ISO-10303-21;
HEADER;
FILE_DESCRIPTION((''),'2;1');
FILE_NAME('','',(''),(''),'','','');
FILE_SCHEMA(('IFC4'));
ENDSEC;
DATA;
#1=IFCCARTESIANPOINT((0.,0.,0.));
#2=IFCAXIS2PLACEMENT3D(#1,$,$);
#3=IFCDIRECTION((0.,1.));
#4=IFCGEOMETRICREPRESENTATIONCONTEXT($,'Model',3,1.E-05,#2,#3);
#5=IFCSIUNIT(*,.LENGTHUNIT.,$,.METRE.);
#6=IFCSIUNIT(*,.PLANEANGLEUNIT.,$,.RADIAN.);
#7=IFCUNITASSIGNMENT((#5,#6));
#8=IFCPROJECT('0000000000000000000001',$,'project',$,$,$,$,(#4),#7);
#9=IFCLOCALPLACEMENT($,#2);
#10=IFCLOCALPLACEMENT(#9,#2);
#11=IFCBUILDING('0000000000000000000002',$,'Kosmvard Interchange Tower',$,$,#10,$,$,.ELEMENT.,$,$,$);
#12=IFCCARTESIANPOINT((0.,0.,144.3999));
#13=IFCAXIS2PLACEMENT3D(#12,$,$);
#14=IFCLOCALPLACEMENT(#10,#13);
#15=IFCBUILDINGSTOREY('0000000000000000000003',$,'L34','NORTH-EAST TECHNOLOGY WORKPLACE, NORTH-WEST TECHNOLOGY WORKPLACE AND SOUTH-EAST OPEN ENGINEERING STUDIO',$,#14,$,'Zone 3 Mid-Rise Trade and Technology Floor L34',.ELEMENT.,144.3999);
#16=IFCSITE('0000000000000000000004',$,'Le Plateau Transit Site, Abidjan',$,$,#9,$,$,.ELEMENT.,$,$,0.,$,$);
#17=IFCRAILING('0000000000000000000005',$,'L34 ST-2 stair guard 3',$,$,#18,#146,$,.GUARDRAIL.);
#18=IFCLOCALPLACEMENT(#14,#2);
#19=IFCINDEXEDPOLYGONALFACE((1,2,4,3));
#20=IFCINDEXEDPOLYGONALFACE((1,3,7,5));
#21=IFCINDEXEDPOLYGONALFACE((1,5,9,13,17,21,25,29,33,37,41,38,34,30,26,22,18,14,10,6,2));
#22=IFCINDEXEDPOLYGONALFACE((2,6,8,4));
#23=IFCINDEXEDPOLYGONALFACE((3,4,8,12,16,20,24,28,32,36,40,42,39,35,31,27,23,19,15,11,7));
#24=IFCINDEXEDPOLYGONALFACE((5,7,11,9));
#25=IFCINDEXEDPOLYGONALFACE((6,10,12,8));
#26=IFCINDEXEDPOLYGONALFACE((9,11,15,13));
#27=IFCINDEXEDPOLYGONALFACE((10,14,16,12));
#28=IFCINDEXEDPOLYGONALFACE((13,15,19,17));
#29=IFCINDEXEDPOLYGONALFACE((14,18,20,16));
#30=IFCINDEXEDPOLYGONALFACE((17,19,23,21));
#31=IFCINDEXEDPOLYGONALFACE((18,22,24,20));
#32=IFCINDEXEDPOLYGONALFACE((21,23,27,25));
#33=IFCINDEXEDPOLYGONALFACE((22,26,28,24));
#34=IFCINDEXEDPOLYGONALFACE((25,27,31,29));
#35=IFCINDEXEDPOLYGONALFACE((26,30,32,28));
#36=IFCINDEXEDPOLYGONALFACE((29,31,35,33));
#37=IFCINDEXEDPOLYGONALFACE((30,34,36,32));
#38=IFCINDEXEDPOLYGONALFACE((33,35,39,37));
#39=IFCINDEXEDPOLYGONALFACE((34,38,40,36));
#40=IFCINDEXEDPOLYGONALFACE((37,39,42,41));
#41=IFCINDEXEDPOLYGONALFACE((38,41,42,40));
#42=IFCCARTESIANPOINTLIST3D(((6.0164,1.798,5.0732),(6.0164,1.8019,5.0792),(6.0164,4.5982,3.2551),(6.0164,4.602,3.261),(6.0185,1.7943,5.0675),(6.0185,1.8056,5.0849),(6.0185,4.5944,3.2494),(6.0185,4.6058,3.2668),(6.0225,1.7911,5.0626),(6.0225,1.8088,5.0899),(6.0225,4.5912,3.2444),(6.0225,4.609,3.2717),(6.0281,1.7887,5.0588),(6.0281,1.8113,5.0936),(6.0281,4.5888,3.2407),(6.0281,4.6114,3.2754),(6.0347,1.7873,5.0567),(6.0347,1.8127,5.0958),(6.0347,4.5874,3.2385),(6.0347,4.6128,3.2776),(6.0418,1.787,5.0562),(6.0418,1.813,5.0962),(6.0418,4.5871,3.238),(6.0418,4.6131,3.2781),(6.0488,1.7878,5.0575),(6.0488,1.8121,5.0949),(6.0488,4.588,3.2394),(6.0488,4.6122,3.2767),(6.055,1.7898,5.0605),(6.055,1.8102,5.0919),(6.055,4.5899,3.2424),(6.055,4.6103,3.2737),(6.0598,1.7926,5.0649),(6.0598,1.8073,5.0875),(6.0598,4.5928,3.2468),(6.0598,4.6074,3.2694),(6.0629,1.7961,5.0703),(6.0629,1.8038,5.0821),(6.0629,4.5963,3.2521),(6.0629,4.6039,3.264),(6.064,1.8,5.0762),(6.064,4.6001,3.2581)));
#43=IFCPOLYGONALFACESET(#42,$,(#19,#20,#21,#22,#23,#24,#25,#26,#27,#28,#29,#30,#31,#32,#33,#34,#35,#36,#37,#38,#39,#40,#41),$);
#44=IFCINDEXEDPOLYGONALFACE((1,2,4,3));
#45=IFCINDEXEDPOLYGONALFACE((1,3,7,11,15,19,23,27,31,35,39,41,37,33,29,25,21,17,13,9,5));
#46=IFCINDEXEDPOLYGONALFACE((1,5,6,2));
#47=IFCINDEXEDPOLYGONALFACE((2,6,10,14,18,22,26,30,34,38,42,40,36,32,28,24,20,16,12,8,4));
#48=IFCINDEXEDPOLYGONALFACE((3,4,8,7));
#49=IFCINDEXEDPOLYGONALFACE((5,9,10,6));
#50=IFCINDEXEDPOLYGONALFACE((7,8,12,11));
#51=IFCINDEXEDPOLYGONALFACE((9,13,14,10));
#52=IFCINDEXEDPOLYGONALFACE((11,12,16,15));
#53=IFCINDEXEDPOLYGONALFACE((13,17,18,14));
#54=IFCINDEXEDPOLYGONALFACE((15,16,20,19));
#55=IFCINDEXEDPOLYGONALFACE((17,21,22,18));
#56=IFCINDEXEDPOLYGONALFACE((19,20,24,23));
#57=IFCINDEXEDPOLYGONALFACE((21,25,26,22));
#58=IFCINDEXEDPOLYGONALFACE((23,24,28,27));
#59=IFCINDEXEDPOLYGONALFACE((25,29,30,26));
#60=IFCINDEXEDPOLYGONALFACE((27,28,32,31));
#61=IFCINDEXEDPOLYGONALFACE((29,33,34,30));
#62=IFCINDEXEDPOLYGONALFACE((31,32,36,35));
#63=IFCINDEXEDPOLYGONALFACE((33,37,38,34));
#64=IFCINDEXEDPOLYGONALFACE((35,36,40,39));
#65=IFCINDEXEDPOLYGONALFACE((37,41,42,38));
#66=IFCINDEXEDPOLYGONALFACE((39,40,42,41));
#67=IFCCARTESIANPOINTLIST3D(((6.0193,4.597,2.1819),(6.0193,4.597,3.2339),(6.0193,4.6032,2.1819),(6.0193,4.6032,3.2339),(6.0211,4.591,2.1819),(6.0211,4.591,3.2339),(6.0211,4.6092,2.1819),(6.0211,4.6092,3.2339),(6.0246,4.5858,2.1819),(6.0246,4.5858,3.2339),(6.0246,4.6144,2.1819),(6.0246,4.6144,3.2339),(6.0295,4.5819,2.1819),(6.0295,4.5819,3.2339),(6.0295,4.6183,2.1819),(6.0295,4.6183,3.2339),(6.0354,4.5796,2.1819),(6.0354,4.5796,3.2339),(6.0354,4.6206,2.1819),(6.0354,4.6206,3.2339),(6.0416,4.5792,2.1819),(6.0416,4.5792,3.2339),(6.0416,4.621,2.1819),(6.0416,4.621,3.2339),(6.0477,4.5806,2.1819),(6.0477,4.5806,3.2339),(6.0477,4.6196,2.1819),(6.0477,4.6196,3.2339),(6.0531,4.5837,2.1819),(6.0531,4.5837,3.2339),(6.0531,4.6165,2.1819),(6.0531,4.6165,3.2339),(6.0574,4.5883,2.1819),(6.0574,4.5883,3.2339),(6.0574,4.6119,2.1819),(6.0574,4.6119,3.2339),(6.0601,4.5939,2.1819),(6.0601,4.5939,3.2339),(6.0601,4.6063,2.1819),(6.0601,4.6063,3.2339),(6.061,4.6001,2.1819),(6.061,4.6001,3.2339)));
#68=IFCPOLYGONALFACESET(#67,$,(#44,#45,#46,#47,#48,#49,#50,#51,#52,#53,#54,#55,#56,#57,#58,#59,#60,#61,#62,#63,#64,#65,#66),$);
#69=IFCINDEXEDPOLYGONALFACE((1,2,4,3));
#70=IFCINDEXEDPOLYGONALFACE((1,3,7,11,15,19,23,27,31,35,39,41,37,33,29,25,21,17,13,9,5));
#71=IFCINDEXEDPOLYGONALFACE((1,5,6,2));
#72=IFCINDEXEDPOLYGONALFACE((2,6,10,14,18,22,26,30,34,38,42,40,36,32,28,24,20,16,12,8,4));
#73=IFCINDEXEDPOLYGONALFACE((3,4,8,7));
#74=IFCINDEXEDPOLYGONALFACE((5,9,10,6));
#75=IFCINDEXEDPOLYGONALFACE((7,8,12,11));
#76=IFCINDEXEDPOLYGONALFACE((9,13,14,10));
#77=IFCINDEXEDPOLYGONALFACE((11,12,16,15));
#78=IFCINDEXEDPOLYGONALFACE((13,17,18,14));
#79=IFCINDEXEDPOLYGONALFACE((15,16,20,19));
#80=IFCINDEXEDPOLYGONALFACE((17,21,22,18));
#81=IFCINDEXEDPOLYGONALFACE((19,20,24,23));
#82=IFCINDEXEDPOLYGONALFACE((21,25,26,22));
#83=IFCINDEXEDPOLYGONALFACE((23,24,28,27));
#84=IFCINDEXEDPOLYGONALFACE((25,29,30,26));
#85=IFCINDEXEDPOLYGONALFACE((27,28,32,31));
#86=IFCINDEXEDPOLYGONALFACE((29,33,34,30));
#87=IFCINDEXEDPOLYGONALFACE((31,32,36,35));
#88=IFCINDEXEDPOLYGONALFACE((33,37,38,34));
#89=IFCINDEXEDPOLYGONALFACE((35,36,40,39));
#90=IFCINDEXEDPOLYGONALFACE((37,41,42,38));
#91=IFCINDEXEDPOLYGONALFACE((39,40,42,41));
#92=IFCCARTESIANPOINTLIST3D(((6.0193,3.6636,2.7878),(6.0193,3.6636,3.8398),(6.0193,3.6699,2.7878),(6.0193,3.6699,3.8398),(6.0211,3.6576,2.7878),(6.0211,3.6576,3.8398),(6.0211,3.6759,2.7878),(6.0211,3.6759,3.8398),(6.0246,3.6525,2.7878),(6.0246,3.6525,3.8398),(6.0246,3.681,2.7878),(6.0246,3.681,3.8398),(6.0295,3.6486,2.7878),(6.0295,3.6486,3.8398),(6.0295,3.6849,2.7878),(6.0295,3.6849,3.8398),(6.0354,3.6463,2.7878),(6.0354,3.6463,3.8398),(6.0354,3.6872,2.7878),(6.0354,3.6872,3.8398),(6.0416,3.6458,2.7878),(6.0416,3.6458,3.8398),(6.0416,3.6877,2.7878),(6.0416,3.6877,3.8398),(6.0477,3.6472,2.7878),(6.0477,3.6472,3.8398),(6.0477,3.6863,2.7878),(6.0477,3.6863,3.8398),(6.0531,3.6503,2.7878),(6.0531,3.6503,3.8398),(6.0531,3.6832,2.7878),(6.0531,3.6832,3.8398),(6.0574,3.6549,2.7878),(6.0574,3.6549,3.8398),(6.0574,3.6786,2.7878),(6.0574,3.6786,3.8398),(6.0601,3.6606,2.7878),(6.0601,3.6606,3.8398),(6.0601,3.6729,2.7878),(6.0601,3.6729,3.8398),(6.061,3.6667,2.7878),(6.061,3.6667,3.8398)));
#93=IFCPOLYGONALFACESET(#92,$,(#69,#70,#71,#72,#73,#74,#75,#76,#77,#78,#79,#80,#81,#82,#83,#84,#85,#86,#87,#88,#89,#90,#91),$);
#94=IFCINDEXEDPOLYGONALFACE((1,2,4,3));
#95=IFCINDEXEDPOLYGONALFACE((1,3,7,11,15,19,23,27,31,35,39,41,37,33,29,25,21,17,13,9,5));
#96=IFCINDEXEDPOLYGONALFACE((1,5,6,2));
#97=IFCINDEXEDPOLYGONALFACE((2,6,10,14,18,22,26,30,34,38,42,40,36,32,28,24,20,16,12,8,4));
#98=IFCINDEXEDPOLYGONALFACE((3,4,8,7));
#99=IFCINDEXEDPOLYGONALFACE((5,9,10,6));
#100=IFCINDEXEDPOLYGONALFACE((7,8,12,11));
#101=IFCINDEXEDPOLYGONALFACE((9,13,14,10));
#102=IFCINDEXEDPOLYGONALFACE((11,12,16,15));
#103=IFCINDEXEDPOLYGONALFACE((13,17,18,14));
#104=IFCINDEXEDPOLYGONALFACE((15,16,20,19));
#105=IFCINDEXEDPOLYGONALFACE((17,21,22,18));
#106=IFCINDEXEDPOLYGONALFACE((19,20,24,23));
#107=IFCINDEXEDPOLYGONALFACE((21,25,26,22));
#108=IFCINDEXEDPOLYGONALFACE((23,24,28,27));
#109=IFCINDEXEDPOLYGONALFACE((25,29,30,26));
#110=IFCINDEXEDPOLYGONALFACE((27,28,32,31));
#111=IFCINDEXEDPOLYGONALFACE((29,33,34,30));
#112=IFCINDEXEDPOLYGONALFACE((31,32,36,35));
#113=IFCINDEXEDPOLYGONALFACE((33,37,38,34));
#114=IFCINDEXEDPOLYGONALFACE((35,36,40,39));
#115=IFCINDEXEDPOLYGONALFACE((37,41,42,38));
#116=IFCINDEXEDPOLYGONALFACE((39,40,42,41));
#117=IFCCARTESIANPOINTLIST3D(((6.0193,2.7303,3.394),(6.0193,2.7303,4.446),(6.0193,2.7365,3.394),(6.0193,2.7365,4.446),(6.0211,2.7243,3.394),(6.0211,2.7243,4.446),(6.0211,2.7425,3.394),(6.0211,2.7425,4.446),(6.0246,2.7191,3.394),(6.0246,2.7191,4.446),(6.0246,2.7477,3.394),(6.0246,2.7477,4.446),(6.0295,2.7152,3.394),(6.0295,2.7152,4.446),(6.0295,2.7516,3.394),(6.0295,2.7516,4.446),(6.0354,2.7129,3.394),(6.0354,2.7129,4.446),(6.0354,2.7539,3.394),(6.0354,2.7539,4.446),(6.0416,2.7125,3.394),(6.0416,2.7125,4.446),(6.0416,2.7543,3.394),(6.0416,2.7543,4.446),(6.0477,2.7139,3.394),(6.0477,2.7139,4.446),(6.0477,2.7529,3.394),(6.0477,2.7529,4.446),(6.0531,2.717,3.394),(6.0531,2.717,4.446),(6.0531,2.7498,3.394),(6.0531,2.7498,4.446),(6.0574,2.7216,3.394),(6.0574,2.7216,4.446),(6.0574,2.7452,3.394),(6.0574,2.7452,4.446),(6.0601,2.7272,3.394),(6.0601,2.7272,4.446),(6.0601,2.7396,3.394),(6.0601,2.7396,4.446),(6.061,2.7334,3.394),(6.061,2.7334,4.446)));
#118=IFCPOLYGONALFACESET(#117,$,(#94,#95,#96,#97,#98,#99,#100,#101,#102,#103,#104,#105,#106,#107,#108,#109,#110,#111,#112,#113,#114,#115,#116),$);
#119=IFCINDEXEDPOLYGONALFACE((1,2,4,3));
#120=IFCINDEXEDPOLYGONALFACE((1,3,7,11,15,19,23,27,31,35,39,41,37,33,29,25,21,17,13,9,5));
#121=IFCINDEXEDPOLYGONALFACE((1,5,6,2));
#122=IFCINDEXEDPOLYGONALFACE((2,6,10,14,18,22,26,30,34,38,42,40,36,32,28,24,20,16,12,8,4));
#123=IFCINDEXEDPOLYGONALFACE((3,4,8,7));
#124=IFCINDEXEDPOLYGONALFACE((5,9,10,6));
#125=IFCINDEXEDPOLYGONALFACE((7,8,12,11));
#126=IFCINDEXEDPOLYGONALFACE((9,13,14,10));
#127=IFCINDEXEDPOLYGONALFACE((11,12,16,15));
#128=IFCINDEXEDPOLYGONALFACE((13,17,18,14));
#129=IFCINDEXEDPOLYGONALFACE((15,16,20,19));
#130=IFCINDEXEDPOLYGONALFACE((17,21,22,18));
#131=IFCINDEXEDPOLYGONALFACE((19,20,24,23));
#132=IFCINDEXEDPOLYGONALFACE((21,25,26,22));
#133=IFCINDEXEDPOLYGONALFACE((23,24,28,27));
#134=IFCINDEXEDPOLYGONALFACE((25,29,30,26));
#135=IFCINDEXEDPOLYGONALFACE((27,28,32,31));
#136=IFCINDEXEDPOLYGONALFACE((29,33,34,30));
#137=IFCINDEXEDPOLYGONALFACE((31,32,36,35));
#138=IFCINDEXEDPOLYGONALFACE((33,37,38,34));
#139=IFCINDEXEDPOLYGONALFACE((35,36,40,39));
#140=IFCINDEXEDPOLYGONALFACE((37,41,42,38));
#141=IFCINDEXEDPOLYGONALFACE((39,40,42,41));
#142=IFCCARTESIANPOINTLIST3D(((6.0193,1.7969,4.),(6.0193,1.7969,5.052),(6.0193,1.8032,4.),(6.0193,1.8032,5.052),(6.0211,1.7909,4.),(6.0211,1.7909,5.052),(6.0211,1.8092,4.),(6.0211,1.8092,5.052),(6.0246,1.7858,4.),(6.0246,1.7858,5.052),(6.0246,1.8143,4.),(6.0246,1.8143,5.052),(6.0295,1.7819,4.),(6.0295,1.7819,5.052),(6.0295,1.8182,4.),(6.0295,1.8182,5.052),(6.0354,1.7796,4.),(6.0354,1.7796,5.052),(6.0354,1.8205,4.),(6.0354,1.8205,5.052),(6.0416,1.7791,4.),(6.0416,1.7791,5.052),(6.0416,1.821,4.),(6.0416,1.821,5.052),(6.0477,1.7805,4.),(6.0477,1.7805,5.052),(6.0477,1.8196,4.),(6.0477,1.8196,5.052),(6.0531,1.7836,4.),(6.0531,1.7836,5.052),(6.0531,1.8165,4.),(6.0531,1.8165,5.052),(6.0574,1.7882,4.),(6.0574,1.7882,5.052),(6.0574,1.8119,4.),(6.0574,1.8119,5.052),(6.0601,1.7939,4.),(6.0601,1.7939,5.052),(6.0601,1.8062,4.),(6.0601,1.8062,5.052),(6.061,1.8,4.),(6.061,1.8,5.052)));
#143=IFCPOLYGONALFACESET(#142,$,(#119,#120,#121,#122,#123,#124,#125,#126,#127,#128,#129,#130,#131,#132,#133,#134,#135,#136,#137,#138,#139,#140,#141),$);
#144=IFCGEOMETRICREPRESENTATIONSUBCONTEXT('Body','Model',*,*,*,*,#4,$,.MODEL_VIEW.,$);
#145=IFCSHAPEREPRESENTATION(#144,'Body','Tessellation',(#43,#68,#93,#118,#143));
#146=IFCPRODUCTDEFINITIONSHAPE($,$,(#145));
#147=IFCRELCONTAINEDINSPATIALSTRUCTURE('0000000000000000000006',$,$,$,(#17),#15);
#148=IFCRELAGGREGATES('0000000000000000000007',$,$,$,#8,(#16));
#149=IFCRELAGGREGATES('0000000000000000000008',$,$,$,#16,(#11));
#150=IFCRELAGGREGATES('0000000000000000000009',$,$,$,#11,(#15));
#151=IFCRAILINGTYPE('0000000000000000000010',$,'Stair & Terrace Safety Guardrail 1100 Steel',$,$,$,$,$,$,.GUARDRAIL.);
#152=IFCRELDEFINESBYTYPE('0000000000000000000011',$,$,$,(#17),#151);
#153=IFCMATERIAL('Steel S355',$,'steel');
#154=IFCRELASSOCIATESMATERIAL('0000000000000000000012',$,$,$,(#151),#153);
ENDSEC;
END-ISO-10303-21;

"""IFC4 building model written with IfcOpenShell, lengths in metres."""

from ifc_helpers import new_model, si_unit, direction, frame, origin, origin_2d, place, context, subcontext, project, spatial, circle, extrude, source, transform, mapped, material, type_object, element, save


model = new_model("IFC4")

# Units and contexts
model_context = context("Model", 3, precision=1e-05, world=origin(), true_north=direction((0.0, 1.0)))
body_context = subcontext(model_context, "Body", "Model", "MODEL_VIEW")
ifc_project = project(units=[si_unit("LENGTHUNIT", "METRE"), si_unit("PLANEANGLEUNIT", "RADIAN")], contexts=[model_context])

# Site, building, storey
site_placement = place(None, origin())
site = spatial("IfcSite", under=ifc_project, at=site_placement, Name="Le Plateau Transit Site, Abidjan", CompositionType="ELEMENT", RefElevation=0.0)
building_placement = place(site_placement, origin())
building = spatial("IfcBuilding", under=site, at=building_placement, Name="Kosmvard Interchange Tower", CompositionType="ELEMENT")
storey_placement = place(building_placement, frame((0.0, 0.0, 144.3999)))
storey = spatial("IfcBuildingStorey", under=building, at=storey_placement, Name="L34", Description="NORTH-EAST TECHNOLOGY WORKPLACE, NORTH-WEST TECHNOLOGY WORKPLACE AND SOUTH-EAST OPEN ENGINEERING STUDIO", LongName="Zone 3 Mid-Rise Trade and Technology Floor L34", CompositionType="ELEMENT", Elevation=144.3999)

# Shared definitions
ifc_material_1 = material(Name="Steel S355", Category="steel")

# Railing
railing_type_1 = type_object("IfcRailingType", Name="Stair & Terrace Safety Guardrail 1100 Steel", PredefinedType="GUARDRAIL", material=ifc_material_1)
shared_shape_1 = source(origin(), body_context, "Body", "SweptSolid", [
    extrude(circle(Radius=0.0239, at=origin_2d()), frame((0.0, 0.0, 1.0762), z_axis=(0.0, -0.838706, 0.544585), x_axis=(1.0, 0.0, 0.0)), (0.0, 0.0, 1.0), 3.3386),
    extrude(circle(Radius=0.021, at=origin_2d()), origin(), (0.0, 0.0, 1.0), 1.052),
    extrude(circle(Radius=0.021, at=origin_2d()), frame((0.0, -0.9333, 0.606)), (0.0, 0.0, 1.0), 1.052),
    extrude(circle(Radius=0.021, at=origin_2d()), frame((0.0, -1.8667, 1.2122)), (0.0, 0.0, 1.0), 1.052),
    extrude(circle(Radius=0.021, at=origin_2d()), frame((0.0, -2.8, 1.8181)), (0.0, 0.0, 1.0), 1.052),
])
railing_1_placement = place(storey_placement, frame((6.04, 4.6001, 2.1819)))
element("IfcRailing", 1, at=railing_1_placement, inside=storey, type_object=railing_type_1, Name="L34 ST-2 stair guard 3", PredefinedType="GUARDRAIL", context=body_context, shape_type="MappedRepresentation", body=[
    mapped(shared_shape_1, transform((0.0, 0.0, 0.0), scale=1.0)),
])

save(model, "model.ifc")
